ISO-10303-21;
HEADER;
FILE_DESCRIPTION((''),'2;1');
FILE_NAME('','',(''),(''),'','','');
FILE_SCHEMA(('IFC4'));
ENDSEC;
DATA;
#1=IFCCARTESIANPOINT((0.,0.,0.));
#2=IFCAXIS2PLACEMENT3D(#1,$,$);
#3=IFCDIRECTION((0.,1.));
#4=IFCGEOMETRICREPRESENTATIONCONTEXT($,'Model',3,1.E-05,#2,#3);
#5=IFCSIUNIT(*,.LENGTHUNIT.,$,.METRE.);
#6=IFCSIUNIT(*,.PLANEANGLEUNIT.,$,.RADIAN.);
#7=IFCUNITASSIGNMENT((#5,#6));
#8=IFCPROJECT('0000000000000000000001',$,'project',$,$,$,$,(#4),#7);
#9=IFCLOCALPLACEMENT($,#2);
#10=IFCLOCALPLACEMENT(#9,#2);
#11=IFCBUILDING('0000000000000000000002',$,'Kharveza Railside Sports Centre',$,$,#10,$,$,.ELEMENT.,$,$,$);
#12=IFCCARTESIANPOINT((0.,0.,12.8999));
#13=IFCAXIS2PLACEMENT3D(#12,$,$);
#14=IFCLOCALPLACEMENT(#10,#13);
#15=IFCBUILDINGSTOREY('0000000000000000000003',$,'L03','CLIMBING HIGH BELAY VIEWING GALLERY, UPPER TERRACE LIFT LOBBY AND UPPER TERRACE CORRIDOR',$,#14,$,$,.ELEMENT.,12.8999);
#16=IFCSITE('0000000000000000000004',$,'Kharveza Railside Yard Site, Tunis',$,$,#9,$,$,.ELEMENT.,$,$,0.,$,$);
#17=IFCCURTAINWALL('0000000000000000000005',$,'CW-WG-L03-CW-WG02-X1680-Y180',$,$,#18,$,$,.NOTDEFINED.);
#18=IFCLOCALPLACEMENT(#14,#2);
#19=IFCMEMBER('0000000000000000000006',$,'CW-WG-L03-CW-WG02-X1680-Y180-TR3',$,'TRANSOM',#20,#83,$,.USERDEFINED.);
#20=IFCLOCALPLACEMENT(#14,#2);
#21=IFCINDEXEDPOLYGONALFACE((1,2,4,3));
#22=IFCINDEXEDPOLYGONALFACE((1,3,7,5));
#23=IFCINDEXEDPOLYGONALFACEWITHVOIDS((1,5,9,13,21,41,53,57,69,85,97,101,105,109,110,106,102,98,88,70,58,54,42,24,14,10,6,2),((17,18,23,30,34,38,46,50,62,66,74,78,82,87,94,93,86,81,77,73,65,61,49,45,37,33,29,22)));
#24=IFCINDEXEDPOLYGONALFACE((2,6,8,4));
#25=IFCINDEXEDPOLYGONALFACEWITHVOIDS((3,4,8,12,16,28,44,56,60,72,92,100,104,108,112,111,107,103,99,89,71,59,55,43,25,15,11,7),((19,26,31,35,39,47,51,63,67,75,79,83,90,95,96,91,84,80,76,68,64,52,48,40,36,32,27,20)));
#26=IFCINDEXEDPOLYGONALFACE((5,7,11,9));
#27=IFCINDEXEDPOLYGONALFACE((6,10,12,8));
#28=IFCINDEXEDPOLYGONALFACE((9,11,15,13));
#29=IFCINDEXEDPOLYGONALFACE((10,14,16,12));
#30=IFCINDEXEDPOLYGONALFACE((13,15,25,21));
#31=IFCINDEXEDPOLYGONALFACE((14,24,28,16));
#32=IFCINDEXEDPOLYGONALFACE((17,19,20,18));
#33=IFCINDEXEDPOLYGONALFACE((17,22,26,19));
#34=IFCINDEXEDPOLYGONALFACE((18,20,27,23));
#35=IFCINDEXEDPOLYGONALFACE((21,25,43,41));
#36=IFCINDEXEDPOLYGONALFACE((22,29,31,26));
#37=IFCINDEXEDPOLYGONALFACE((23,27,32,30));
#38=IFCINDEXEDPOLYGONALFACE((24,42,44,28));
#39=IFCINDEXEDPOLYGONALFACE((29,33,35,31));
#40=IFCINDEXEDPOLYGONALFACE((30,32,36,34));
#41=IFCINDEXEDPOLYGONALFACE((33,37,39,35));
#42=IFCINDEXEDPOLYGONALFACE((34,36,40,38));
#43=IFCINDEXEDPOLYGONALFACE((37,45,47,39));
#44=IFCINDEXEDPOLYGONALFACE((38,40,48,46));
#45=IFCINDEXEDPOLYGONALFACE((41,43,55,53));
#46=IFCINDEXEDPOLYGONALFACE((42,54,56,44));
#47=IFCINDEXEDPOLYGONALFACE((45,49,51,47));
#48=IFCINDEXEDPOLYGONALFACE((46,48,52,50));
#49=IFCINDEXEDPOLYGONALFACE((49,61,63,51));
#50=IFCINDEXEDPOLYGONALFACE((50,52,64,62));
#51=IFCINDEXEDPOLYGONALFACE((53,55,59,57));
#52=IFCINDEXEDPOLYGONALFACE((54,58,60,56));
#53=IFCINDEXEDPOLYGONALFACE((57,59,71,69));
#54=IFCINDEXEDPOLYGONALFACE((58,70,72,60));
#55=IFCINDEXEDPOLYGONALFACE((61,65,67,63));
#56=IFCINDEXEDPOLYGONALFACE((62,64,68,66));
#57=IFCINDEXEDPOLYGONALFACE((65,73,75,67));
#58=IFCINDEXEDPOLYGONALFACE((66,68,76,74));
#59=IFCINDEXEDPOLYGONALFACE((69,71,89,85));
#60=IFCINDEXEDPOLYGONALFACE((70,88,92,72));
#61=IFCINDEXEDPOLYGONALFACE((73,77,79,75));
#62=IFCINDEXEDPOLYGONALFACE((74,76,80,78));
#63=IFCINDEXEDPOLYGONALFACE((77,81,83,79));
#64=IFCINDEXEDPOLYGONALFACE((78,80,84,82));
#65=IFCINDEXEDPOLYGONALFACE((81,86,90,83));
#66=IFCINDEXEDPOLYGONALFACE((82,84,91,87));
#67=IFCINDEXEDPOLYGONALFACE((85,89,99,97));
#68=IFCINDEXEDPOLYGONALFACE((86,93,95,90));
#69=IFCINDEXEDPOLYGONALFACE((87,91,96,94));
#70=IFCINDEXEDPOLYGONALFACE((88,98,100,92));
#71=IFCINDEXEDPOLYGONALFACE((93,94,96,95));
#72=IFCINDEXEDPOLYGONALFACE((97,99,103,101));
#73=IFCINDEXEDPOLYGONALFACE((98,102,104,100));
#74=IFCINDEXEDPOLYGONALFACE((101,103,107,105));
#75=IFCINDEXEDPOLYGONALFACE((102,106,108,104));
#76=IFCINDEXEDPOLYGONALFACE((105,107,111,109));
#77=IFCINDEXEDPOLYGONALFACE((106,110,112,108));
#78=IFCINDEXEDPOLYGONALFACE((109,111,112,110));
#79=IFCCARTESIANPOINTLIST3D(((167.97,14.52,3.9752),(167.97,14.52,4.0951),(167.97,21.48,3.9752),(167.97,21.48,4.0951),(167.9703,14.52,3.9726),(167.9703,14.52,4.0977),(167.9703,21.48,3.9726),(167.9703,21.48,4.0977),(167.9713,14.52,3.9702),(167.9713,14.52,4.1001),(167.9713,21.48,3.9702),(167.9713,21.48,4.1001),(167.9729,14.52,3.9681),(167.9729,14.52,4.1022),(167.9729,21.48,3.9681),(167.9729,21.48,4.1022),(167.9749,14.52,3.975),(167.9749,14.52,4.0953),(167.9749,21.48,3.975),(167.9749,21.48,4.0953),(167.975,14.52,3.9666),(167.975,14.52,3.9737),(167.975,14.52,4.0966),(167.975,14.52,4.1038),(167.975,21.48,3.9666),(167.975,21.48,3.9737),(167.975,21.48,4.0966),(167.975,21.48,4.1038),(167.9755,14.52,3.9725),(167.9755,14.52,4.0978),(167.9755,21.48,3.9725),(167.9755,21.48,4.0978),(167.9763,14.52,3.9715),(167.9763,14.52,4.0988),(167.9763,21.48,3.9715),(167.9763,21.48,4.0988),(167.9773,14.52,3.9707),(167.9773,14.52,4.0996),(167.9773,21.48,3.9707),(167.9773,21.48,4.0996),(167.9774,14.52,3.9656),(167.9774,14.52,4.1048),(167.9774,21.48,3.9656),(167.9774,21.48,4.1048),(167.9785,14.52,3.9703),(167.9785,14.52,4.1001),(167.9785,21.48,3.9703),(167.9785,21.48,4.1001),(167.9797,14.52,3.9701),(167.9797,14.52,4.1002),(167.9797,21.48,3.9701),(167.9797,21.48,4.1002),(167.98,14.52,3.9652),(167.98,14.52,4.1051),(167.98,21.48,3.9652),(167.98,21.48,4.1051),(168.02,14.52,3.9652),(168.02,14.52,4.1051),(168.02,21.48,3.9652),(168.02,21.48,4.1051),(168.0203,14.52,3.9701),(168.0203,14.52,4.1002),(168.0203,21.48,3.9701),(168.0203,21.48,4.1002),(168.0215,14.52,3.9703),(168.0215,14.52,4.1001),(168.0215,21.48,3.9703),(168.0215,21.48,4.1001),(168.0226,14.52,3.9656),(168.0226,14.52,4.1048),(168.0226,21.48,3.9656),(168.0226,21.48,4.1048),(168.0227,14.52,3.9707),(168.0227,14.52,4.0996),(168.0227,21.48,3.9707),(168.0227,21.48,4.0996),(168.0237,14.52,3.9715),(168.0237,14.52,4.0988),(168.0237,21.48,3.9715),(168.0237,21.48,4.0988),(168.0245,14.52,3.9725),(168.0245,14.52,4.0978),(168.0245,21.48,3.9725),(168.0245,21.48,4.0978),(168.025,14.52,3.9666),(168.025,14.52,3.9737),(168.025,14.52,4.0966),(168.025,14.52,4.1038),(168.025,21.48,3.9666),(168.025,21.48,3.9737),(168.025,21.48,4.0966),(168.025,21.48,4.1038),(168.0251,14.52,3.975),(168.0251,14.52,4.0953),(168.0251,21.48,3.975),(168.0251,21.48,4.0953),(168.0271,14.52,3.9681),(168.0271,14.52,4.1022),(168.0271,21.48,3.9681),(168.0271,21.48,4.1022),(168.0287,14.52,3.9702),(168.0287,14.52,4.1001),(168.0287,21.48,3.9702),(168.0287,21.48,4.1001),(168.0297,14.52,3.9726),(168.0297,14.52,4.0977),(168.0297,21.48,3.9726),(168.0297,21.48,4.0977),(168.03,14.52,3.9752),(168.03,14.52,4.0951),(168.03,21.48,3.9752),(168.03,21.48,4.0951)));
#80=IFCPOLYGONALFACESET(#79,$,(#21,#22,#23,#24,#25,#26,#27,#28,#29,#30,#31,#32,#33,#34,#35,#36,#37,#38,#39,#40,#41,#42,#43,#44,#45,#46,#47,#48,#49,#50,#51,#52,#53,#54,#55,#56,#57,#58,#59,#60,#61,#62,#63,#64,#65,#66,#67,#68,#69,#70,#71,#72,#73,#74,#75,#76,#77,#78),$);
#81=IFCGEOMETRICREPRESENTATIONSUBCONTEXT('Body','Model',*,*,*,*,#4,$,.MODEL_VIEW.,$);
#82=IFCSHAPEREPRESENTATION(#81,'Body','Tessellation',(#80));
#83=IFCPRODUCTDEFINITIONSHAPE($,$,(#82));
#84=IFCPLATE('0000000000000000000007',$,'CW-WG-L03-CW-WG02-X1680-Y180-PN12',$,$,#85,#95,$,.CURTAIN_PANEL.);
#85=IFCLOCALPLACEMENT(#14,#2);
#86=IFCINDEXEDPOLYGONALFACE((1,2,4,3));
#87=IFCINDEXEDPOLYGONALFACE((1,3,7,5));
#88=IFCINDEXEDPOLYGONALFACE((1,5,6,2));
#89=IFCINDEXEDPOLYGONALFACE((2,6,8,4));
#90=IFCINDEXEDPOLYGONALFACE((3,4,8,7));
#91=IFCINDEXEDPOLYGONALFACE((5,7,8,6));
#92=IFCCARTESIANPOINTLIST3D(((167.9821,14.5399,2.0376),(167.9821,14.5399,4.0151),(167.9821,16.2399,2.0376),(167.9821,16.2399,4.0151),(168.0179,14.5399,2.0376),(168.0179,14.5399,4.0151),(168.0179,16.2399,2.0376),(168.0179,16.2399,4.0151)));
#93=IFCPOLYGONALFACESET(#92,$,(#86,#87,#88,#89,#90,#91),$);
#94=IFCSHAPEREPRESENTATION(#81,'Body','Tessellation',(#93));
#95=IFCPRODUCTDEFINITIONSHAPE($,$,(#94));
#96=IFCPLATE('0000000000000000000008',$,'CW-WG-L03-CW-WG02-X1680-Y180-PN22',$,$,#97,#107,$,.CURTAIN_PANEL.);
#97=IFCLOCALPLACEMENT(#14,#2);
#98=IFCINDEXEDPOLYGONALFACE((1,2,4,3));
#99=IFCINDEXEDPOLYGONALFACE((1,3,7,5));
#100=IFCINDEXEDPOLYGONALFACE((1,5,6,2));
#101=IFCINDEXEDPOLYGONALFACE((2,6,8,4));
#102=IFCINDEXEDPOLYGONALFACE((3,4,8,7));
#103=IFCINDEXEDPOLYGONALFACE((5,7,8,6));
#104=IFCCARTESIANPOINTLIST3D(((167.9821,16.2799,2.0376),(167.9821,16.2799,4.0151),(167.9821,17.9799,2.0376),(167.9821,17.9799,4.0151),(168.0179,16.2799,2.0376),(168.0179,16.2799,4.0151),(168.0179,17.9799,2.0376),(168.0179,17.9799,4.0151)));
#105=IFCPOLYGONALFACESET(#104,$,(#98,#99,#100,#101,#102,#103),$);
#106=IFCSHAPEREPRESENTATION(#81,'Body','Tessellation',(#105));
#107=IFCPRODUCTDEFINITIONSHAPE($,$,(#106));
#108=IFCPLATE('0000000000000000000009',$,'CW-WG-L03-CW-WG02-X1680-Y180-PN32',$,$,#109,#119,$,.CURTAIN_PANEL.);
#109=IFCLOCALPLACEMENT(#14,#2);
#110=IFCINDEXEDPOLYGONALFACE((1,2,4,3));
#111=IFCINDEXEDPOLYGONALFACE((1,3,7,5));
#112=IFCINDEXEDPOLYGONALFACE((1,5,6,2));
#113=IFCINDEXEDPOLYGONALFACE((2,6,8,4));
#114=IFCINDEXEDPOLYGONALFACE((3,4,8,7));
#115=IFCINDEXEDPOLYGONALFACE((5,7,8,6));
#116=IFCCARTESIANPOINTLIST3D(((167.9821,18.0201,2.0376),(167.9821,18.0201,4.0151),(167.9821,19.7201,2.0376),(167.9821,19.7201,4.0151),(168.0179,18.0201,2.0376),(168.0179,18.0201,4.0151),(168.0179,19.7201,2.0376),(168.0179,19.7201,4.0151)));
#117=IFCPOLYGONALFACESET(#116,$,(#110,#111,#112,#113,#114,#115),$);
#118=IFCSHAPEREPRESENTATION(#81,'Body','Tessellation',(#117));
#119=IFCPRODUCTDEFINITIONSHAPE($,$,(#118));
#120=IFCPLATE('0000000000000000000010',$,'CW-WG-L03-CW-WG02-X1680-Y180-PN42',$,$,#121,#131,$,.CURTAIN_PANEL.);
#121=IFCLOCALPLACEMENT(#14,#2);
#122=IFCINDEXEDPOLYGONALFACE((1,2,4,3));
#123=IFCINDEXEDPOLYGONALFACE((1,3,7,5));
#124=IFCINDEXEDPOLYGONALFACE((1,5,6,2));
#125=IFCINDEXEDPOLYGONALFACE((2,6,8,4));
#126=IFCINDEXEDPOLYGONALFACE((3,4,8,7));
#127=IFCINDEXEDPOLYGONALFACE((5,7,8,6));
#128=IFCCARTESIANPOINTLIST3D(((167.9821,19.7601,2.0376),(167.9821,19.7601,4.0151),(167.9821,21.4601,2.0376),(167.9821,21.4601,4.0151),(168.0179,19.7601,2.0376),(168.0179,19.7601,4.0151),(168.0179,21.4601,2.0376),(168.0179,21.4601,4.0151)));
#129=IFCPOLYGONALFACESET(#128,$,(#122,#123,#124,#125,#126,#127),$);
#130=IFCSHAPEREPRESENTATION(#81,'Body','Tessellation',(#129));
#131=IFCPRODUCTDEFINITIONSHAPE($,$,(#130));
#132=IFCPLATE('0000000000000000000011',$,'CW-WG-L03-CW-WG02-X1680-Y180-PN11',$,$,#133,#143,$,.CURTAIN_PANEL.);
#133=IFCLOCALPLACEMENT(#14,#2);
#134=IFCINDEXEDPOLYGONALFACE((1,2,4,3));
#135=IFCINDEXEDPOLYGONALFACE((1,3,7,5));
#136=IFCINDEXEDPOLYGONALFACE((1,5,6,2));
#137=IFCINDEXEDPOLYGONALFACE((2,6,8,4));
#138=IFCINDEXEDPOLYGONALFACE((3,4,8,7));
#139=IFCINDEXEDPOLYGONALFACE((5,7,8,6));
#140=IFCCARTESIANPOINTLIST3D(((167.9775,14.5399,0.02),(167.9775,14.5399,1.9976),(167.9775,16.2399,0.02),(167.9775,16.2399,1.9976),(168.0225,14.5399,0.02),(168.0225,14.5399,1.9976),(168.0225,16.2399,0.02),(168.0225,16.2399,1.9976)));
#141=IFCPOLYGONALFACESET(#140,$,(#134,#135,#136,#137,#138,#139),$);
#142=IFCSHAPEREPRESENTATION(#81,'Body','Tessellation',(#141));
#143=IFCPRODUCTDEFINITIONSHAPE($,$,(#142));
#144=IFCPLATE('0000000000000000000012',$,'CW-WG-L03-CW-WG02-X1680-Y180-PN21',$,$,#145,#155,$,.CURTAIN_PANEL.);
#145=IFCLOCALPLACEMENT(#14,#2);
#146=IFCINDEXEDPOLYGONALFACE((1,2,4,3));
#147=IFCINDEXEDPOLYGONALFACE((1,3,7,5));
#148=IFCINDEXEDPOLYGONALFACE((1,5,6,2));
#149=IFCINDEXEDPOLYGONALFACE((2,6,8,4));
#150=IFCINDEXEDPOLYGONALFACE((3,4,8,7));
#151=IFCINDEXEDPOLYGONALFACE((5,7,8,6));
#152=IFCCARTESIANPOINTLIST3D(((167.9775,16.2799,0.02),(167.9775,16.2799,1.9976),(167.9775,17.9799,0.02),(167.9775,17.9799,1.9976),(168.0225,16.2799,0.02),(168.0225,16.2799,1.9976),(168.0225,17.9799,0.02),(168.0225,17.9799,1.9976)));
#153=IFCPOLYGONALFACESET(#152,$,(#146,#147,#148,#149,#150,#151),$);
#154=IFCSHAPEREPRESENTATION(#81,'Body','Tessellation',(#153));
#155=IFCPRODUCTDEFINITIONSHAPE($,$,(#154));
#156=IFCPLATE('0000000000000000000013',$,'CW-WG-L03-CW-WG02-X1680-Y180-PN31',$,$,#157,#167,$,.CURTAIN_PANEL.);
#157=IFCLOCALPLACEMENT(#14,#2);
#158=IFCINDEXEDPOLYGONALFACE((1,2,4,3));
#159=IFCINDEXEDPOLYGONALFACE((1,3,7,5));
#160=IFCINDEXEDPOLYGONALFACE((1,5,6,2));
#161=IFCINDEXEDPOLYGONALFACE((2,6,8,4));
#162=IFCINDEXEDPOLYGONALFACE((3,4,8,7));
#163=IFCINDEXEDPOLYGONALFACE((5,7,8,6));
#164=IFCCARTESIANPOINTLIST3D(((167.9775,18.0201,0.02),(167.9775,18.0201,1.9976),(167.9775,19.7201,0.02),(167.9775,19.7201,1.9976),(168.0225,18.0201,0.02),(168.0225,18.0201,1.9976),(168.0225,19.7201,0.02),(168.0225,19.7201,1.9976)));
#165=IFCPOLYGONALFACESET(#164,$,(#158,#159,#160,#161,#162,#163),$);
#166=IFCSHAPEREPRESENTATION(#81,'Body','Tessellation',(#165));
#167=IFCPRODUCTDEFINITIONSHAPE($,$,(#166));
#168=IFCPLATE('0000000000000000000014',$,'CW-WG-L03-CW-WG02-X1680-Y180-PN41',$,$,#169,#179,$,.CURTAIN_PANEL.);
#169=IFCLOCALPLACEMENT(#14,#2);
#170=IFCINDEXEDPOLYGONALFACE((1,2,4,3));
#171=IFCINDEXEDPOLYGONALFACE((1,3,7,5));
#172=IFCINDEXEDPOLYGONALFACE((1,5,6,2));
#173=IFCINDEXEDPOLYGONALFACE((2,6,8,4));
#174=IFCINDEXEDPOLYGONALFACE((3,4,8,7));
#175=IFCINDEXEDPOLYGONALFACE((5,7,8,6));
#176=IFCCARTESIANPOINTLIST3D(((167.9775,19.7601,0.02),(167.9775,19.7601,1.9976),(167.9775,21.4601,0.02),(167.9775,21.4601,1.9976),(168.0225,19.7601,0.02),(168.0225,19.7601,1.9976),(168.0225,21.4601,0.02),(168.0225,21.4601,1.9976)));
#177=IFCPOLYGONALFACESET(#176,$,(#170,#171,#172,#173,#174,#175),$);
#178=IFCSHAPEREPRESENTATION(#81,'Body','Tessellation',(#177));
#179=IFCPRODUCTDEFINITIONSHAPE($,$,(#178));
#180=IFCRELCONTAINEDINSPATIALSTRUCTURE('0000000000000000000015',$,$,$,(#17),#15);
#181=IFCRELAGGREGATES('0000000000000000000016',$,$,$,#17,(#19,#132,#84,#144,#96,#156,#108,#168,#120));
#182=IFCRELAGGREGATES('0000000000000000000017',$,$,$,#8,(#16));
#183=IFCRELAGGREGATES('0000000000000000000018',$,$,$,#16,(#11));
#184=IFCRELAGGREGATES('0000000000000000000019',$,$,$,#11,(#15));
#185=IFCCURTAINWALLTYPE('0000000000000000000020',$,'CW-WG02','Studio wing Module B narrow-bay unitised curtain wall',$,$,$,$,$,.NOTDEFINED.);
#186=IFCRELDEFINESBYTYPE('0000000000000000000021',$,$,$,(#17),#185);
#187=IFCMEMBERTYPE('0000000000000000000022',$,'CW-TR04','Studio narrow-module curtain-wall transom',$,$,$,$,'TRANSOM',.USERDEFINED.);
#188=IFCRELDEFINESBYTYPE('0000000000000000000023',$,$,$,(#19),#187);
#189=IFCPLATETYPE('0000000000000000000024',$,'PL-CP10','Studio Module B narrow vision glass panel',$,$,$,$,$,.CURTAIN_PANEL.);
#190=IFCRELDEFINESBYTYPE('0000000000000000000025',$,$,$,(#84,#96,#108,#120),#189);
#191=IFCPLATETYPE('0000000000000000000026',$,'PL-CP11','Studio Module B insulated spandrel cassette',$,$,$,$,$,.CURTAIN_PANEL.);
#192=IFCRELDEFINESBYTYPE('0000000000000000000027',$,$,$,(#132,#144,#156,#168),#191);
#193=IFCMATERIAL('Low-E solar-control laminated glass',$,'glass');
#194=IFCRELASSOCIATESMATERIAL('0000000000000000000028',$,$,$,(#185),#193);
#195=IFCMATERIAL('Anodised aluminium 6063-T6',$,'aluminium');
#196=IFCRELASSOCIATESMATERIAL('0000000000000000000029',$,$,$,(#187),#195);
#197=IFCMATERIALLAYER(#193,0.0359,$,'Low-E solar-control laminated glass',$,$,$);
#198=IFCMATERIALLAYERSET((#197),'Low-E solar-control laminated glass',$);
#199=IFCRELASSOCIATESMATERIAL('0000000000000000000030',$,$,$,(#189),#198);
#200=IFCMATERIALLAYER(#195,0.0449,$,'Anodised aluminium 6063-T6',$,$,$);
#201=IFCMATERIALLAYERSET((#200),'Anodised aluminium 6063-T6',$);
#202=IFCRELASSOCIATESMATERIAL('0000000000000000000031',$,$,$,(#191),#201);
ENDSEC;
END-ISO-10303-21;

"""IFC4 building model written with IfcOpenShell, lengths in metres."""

from ifc_helpers import new_model, si_unit, direction, frame, origin, origin_2d, place, context, subcontext, project, spatial, rectangle, hollow_rectangle, extrude, material, layer, layer_set, material_profile, profile_set, type_object, element, aggregate, save


model = new_model("IFC4")

# Units and contexts
model_context = context("Model", 3, precision=1e-05, world=origin(), true_north=direction((0.0, 1.0)))
body_context = subcontext(model_context, "Body", "Model", "MODEL_VIEW")
ifc_project = project(units=[si_unit("LENGTHUNIT", "METRE"), si_unit("PLANEANGLEUNIT", "RADIAN")], contexts=[model_context])

# Site, building, storey
site_placement = place(None, origin())
site = spatial("IfcSite", under=ifc_project, at=site_placement, Name="Kharveza Railside Yard Site, Tunis", CompositionType="ELEMENT", RefElevation=0.0)
building_placement = place(site_placement, origin())
building = spatial("IfcBuilding", under=site, at=building_placement, Name="Kharveza Railside Sports Centre", CompositionType="ELEMENT")
storey_placement = place(building_placement, frame((0.0, 0.0, 12.8999)))
storey = spatial("IfcBuildingStorey", under=building, at=storey_placement, Name="L03", Description="CLIMBING HIGH BELAY VIEWING GALLERY, UPPER TERRACE LIFT LOBBY AND UPPER TERRACE CORRIDOR", CompositionType="ELEMENT", Elevation=12.8999)

# Curtain wall, member, plates
ifc_material_1 = material(Name="Low-E solar-control laminated glass", Category="glass")
curtain_wall_type = type_object("IfcCurtainWallType", Name="CW-WG02", Description="Studio wing Module B narrow-bay unitised curtain wall", PredefinedType="NOTDEFINED", material=ifc_material_1)
curtain_wall_placement = place(storey_placement, origin())
curtain_wall = element("IfcCurtainWall", 1, at=curtain_wall_placement, inside=storey, type_object=curtain_wall_type, Name="CW-WG-L03-CW-WG02-X1680-Y180", PredefinedType="NOTDEFINED")
ifc_material_2 = material(Name="Anodised aluminium 6063-T6", Category="aluminium")
ifc_material_profile_1 = material_profile(ifc_material_2, hollow_rectangle(XDim=0.0601, YDim=0.1399, WallThickness=0.0049, InnerFilletRadius=0.0049, OuterFilletRadius=0.01, at=origin_2d()), Name="RHS 60x140x5.0")
ifc_profile_set_1 = profile_set([ifc_material_profile_1], Name="Anodised aluminium 6063-T6")
member_type_1 = type_object("IfcMemberType", Name="CW-TR04", Description="Studio narrow-module curtain-wall transom", ElementType="TRANSOM", PredefinedType="USERDEFINED", material=ifc_profile_set_1)
member_1_placement = place(storey_placement, frame((168.0, 14.52, 4.0352), z_axis=(0.0, 1.0, 0.0), x_axis=(-1.0, 0.0, 0.0)))
member_1 = element("IfcMember", 2, at=member_1_placement, type_object=member_type_1, Name="CW-WG-L03-CW-WG02-X1680-Y180-TR3", ObjectType="TRANSOM", PredefinedType="USERDEFINED", context=body_context, shape_type="SweptSolid", body=[
    extrude(hollow_rectangle(XDim=0.0601, YDim=0.1399, WallThickness=0.0049, InnerFilletRadius=0.0049, OuterFilletRadius=0.01, at=origin_2d()), origin(), (0.0, 0.0, 1.0), 6.96),
])
ifc_layer_1 = layer(ifc_material_1, 0.0359, Name="Low-E solar-control laminated glass")
ifc_layer_set_1 = layer_set([ifc_layer_1], Name="Low-E solar-control laminated glass")
plate_type_1 = type_object("IfcPlateType", Name="PL-CP10", Description="Studio Module B narrow vision glass panel", PredefinedType="CURTAIN_PANEL", material=ifc_layer_set_1)
plate_1_placement = place(storey_placement, frame((168.0, 15.3899, 2.0376), z_axis=(0.0, 0.0, 1.0), x_axis=(0.0, 1.0, 0.0)))
plate_1 = element("IfcPlate", 3, at=plate_1_placement, type_object=plate_type_1, Name="CW-WG-L03-CW-WG02-X1680-Y180-PN12", PredefinedType="CURTAIN_PANEL", context=body_context, shape_type="SweptSolid", body=[
    extrude(rectangle(XDim=1.7, YDim=0.0359, at=origin_2d()), origin(), (0.0, 0.0, 1.0), 1.9775),
])
plate_2_placement = place(storey_placement, frame((168.0, 17.1299, 2.0376), z_axis=(0.0, 0.0, 1.0), x_axis=(0.0, 1.0, 0.0)))
plate_2 = element("IfcPlate", 4, at=plate_2_placement, type_object=plate_type_1, Name="CW-WG-L03-CW-WG02-X1680-Y180-PN22", PredefinedType="CURTAIN_PANEL", context=body_context, shape_type="SweptSolid", body=[
    extrude(rectangle(XDim=1.7, YDim=0.0359, at=origin_2d()), origin(), (0.0, 0.0, 1.0), 1.9775),
])
plate_3_placement = place(storey_placement, frame((168.0, 18.8701, 2.0376), z_axis=(0.0, 0.0, 1.0), x_axis=(0.0, 1.0, 0.0)))
plate_3 = element("IfcPlate", 5, at=plate_3_placement, type_object=plate_type_1, Name="CW-WG-L03-CW-WG02-X1680-Y180-PN32", PredefinedType="CURTAIN_PANEL", context=body_context, shape_type="SweptSolid", body=[
    extrude(rectangle(XDim=1.7, YDim=0.0359, at=origin_2d()), origin(), (0.0, 0.0, 1.0), 1.9775),
])
plate_4_placement = place(storey_placement, frame((168.0, 20.6101, 2.0376), z_axis=(0.0, 0.0, 1.0), x_axis=(0.0, 1.0, 0.0)))
plate_4 = element("IfcPlate", 6, at=plate_4_placement, type_object=plate_type_1, Name="CW-WG-L03-CW-WG02-X1680-Y180-PN42", PredefinedType="CURTAIN_PANEL", context=body_context, shape_type="SweptSolid", body=[
    extrude(rectangle(XDim=1.7, YDim=0.0359, at=origin_2d()), origin(), (0.0, 0.0, 1.0), 1.9775),
])
ifc_layer_2 = layer(ifc_material_2, 0.0449, Name="Anodised aluminium 6063-T6")
ifc_layer_set_2 = layer_set([ifc_layer_2], Name="Anodised aluminium 6063-T6")
plate_type_2 = type_object("IfcPlateType", Name="PL-CP11", Description="Studio Module B insulated spandrel cassette", PredefinedType="CURTAIN_PANEL", material=ifc_layer_set_2)
plate_5_placement = place(storey_placement, frame((168.0, 15.3899, 0.02), z_axis=(0.0, 0.0, 1.0), x_axis=(0.0, 1.0, 0.0)))
plate_5 = element("IfcPlate", 7, at=plate_5_placement, type_object=plate_type_2, Name="CW-WG-L03-CW-WG02-X1680-Y180-PN11", PredefinedType="CURTAIN_PANEL", context=body_context, shape_type="SweptSolid", body=[
    extrude(rectangle(XDim=1.7, YDim=0.0449, at=origin_2d()), origin(), (0.0, 0.0, 1.0), 1.9775),
])
plate_6_placement = place(storey_placement, frame((168.0, 17.1299, 0.02), z_axis=(0.0, 0.0, 1.0), x_axis=(0.0, 1.0, 0.0)))
plate_6 = element("IfcPlate", 8, at=plate_6_placement, type_object=plate_type_2, Name="CW-WG-L03-CW-WG02-X1680-Y180-PN21", PredefinedType="CURTAIN_PANEL", context=body_context, shape_type="SweptSolid", body=[
    extrude(rectangle(XDim=1.7, YDim=0.0449, at=origin_2d()), origin(), (0.0, 0.0, 1.0), 1.9775),
])
plate_7_placement = place(storey_placement, frame((168.0, 18.8701, 0.02), z_axis=(0.0, 0.0, 1.0), x_axis=(0.0, 1.0, 0.0)))
plate_7 = element("IfcPlate", 9, at=plate_7_placement, type_object=plate_type_2, Name="CW-WG-L03-CW-WG02-X1680-Y180-PN31", PredefinedType="CURTAIN_PANEL", context=body_context, shape_type="SweptSolid", body=[
    extrude(rectangle(XDim=1.7, YDim=0.0449, at=origin_2d()), origin(), (0.0, 0.0, 1.0), 1.9775),
])
plate_8_placement = place(storey_placement, frame((168.0, 20.6101, 0.02), z_axis=(0.0, 0.0, 1.0), x_axis=(0.0, 1.0, 0.0)))
plate_8 = element("IfcPlate", 10, at=plate_8_placement, type_object=plate_type_2, Name="CW-WG-L03-CW-WG02-X1680-Y180-PN41", PredefinedType="CURTAIN_PANEL", context=body_context, shape_type="SweptSolid", body=[
    extrude(rectangle(XDim=1.7, YDim=0.0449, at=origin_2d()), origin(), (0.0, 0.0, 1.0), 1.9775),
])
aggregate(curtain_wall, [member_1, plate_5, plate_1, plate_6, plate_2, plate_7, plate_3, plate_8, plate_4])

save(model, "model.ifc")
